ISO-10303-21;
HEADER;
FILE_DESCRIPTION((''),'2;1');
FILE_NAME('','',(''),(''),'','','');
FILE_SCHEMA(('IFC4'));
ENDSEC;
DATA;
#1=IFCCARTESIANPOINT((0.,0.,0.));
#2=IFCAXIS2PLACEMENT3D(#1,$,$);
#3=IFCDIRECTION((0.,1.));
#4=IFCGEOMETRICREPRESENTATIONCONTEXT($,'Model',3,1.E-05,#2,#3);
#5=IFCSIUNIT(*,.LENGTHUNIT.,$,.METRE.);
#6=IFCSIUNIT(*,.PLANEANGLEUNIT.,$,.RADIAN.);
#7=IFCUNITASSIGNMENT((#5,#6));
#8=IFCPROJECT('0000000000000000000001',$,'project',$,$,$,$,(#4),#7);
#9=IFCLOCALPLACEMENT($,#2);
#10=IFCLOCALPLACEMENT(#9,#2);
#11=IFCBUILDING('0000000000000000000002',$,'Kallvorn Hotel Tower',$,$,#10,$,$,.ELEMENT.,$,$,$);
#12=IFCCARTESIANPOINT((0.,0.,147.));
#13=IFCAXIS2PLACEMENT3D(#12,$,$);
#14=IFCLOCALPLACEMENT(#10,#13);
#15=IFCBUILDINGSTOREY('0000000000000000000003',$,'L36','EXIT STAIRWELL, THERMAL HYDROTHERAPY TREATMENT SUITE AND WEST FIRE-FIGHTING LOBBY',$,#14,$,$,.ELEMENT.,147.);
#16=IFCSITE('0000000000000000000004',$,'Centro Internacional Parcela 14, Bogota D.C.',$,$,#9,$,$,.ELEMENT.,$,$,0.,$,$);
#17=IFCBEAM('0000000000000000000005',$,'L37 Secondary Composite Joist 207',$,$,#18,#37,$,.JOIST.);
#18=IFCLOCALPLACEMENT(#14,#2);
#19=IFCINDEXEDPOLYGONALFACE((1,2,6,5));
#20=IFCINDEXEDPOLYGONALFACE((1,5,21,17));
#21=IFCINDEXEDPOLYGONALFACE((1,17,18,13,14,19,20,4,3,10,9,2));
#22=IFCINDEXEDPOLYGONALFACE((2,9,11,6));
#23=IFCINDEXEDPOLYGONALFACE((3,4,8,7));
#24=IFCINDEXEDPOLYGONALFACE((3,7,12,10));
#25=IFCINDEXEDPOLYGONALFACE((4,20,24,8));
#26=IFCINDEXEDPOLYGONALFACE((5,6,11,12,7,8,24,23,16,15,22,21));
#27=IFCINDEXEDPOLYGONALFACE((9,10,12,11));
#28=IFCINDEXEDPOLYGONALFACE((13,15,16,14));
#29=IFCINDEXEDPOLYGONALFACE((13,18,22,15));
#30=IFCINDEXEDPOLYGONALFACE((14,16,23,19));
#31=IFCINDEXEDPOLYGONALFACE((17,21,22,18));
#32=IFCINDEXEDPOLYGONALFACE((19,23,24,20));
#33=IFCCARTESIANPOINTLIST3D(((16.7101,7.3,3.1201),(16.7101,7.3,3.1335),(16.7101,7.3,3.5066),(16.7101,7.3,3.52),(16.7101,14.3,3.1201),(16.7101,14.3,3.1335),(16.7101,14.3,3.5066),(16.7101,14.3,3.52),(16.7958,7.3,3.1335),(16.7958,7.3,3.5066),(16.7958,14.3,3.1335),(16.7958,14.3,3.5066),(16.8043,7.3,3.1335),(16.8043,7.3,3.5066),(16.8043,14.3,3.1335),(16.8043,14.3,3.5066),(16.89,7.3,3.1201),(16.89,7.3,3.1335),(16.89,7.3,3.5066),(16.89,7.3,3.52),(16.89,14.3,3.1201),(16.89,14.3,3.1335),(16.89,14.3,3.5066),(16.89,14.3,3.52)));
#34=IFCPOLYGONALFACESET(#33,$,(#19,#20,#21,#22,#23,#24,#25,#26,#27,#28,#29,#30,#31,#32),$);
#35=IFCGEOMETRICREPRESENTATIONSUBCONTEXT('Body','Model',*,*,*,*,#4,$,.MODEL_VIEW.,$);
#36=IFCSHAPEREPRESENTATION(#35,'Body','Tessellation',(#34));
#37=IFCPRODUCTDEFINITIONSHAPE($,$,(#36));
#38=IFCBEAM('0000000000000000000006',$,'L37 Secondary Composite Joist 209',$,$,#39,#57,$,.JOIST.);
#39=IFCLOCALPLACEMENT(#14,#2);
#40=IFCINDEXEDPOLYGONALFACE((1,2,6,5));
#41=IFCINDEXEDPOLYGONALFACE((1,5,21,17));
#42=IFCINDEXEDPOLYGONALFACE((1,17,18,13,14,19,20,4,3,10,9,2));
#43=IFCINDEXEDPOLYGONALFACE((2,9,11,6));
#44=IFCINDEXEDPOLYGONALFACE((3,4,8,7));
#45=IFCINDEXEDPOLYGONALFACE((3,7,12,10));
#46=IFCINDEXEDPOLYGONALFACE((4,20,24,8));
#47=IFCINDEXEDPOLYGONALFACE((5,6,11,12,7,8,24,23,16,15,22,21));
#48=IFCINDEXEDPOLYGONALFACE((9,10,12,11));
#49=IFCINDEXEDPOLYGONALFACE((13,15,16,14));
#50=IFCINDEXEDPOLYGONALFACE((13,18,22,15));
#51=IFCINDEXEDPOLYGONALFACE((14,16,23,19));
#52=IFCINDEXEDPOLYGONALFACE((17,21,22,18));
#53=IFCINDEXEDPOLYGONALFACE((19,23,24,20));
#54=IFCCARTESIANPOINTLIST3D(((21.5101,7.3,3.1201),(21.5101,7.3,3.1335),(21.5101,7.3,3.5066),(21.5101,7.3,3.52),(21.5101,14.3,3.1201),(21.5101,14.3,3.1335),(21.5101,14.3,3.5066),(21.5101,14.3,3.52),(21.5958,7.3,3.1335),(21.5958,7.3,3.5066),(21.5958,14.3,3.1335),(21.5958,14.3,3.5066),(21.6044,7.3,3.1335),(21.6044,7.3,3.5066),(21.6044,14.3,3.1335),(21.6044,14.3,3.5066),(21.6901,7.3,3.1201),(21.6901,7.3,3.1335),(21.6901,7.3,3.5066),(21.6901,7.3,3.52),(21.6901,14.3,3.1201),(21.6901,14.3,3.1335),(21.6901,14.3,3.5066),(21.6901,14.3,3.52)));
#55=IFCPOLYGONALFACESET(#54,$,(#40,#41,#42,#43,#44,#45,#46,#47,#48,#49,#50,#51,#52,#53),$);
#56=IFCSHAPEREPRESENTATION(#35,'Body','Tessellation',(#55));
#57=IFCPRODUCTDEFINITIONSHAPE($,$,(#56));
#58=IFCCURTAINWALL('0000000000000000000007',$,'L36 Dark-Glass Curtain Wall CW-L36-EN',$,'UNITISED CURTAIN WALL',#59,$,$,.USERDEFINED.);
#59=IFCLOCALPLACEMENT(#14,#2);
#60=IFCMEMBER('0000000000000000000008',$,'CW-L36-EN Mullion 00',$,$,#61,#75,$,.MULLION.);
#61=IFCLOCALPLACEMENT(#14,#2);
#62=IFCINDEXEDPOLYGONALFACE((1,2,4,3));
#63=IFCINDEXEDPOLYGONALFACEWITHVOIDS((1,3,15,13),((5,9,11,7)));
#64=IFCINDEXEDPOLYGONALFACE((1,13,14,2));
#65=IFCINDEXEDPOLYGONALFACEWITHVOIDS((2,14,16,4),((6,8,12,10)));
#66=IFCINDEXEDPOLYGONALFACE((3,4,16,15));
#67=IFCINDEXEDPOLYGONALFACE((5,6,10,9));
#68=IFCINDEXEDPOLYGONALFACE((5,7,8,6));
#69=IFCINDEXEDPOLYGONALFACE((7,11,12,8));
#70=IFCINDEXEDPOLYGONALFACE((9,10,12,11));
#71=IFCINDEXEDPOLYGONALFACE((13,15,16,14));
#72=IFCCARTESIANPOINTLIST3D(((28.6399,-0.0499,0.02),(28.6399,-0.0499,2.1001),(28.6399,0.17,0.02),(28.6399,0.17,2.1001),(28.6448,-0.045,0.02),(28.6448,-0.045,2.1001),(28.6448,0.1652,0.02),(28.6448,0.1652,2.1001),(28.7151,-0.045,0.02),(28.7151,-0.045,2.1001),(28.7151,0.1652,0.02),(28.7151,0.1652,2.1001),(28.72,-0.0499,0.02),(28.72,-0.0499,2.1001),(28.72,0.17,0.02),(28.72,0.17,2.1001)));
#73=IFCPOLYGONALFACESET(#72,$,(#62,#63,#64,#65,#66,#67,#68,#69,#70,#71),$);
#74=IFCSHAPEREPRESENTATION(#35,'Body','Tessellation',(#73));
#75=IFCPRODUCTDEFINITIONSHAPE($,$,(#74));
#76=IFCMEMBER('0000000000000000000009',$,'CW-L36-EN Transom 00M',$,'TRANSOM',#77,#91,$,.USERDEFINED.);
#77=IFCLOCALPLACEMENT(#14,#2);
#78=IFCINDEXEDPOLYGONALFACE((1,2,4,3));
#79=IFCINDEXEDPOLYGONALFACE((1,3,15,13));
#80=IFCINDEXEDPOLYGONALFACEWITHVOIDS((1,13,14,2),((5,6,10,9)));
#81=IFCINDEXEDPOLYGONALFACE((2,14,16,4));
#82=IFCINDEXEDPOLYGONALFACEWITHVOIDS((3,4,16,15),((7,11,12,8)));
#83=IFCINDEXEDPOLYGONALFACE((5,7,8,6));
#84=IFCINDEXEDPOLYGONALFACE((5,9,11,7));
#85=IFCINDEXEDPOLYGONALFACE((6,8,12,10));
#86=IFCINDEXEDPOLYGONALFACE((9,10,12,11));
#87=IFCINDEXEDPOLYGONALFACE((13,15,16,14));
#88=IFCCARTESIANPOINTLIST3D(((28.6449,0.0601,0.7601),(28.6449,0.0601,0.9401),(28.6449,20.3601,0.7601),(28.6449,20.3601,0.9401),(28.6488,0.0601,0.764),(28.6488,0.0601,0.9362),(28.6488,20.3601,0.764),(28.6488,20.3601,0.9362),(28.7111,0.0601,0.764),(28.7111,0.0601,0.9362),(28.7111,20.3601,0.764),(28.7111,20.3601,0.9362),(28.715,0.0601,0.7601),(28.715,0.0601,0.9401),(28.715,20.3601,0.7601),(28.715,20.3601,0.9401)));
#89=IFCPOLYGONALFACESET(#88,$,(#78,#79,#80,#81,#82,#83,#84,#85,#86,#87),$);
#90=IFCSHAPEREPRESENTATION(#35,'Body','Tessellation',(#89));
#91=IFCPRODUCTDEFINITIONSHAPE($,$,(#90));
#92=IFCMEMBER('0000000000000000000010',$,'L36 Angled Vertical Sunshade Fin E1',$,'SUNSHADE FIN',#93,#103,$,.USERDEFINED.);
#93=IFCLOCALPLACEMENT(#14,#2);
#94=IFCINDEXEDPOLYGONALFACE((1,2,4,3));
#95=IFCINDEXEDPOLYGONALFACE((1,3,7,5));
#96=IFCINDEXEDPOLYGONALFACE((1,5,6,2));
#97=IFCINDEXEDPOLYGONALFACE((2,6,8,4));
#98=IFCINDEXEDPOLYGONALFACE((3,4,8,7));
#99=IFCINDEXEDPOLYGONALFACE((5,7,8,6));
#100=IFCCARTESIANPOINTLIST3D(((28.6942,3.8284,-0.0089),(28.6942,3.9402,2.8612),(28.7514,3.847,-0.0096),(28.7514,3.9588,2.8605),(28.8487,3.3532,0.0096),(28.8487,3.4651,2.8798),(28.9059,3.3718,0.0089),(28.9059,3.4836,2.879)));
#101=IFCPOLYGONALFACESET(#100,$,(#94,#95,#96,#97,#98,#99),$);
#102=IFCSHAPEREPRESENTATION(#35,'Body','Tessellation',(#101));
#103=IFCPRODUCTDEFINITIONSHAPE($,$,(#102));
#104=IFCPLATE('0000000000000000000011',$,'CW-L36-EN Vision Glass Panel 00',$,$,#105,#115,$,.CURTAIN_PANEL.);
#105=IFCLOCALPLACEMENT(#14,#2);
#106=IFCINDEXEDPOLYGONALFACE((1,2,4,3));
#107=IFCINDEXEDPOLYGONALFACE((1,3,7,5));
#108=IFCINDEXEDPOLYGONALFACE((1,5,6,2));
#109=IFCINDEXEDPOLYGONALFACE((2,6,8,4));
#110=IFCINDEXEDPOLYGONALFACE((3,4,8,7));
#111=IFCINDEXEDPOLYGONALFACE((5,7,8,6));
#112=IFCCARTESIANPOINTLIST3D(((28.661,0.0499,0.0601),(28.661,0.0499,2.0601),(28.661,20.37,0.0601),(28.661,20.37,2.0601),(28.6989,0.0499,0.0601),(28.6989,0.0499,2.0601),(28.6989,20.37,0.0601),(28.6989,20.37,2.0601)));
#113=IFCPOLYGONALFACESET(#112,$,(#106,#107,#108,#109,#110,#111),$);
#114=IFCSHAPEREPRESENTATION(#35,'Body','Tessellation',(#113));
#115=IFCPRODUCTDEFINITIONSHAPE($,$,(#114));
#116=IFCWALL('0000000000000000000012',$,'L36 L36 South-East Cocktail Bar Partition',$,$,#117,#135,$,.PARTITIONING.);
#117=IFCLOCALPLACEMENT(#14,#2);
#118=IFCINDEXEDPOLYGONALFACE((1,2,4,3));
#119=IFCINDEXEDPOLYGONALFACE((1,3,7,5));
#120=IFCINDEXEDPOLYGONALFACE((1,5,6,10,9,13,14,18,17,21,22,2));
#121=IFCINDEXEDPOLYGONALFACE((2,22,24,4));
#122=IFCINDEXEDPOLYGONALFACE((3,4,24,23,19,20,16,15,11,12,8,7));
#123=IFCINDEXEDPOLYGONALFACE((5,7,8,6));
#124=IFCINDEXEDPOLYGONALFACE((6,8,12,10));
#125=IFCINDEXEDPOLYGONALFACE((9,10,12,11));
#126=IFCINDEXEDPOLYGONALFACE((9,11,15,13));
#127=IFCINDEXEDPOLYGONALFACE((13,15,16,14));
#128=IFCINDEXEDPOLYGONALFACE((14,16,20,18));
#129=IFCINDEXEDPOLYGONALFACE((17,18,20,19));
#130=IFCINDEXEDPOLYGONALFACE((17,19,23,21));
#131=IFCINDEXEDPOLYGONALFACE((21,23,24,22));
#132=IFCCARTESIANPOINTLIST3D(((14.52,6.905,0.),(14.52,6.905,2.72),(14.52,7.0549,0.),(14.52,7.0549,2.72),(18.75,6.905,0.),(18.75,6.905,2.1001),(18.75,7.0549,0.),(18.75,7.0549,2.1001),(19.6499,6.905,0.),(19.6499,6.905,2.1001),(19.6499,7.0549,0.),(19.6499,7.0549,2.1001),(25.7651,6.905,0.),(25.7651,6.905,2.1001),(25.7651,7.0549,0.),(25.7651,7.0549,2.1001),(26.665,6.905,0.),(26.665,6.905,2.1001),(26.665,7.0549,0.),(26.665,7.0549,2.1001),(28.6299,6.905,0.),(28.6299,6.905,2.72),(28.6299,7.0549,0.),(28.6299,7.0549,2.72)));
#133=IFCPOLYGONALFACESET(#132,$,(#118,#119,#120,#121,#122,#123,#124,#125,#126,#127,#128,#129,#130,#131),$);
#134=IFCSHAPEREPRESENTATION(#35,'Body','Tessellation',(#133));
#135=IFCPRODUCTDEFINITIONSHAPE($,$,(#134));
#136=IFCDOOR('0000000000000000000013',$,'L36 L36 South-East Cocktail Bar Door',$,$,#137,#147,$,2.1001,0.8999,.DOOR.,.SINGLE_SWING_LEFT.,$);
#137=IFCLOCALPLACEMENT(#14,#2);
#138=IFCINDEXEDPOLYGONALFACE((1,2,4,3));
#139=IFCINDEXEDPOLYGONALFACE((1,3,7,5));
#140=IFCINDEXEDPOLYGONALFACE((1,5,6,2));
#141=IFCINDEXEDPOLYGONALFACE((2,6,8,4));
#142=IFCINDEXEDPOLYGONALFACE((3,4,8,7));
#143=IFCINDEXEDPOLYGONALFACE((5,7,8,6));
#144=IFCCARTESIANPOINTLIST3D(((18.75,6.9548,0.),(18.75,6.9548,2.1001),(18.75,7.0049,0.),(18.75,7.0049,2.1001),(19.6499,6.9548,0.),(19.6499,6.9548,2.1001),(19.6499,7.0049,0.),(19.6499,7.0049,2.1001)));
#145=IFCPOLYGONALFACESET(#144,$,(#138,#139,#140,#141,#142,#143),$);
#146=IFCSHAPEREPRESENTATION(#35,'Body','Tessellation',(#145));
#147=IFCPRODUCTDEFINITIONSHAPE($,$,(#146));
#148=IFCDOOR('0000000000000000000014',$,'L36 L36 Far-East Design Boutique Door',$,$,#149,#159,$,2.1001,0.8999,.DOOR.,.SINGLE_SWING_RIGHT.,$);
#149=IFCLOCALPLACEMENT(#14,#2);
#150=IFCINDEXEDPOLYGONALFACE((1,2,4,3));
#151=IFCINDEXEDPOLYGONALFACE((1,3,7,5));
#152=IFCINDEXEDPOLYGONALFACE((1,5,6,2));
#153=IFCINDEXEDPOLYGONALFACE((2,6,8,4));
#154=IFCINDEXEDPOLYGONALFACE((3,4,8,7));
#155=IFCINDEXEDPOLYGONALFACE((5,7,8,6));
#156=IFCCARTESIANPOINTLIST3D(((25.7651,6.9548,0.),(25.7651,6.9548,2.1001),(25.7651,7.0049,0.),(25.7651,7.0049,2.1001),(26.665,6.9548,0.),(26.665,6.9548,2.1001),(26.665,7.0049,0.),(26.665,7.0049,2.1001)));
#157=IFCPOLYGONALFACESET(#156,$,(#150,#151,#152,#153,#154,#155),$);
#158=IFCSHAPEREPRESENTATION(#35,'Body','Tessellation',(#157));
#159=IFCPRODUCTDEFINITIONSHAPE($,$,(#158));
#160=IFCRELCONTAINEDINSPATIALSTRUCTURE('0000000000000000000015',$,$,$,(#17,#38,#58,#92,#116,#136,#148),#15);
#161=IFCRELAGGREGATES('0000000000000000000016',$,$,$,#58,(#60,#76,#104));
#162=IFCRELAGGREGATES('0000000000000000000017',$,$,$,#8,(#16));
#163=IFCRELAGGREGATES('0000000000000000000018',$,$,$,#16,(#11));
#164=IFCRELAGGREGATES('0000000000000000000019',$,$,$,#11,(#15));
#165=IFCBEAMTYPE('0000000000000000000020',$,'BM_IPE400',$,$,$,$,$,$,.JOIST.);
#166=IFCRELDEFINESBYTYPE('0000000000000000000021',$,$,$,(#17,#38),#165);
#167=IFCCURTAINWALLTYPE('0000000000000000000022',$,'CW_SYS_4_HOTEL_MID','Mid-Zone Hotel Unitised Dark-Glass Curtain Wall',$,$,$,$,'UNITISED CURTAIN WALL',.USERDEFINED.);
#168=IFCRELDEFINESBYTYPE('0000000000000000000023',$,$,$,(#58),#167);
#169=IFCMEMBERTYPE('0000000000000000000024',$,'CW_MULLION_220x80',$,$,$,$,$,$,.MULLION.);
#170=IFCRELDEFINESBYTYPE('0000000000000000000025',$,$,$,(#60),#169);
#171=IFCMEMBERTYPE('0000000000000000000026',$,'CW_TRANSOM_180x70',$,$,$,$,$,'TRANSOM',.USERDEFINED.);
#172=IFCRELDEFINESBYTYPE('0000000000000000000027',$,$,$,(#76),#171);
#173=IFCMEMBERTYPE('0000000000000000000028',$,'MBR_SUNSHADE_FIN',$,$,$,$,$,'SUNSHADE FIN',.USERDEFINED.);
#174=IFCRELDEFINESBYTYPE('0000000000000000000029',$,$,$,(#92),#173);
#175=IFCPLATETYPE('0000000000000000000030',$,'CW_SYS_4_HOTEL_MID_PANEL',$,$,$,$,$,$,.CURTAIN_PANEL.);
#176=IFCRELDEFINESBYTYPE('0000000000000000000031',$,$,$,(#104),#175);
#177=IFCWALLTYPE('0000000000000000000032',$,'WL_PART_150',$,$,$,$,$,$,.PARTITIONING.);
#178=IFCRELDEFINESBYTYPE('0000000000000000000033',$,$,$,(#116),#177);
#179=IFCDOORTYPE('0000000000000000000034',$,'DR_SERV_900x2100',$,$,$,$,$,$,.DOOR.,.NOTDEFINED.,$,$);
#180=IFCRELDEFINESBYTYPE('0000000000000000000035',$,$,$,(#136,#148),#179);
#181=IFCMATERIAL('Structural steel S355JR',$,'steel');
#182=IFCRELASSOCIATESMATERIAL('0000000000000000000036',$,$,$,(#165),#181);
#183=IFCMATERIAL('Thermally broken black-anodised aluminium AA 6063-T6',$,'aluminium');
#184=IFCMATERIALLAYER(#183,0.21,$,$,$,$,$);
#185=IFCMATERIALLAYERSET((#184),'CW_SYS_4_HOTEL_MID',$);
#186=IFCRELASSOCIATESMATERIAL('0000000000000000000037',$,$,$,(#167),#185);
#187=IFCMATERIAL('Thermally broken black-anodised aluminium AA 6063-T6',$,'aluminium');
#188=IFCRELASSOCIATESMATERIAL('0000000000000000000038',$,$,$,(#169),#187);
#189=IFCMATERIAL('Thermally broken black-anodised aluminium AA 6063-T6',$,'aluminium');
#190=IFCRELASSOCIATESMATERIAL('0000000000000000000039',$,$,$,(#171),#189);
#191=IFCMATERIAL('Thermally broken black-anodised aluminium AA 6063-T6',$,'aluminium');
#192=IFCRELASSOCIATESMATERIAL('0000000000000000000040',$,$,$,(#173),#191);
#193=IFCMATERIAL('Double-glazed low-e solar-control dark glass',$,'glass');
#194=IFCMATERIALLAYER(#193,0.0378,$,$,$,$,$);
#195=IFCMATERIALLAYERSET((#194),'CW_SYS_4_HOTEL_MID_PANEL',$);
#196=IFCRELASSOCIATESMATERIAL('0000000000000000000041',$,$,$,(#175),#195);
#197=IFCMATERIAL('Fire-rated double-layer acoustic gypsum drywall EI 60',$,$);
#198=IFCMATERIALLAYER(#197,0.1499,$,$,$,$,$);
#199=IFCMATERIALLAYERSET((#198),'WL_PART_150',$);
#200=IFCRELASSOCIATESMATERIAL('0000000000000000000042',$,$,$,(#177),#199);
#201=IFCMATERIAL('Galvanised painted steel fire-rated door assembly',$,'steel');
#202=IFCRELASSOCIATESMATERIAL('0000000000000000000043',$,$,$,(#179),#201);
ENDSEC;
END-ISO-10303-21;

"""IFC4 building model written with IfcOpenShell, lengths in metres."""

from ifc_helpers import new_model, si_unit, direction, frame, frame_2d, origin, origin_2d, place, context, subcontext, project, spatial, rectangle, hollow_rectangle, i_section, extrude, material, layer, layer_set, material_profile, profile_set, type_object, element, fill, aggregate, save


model = new_model("IFC4")

# Units and contexts
model_context = context("Model", 3, precision=1e-05, world=origin(), true_north=direction((0.0, 1.0)))
body_context = subcontext(model_context, "Body", "Model", "MODEL_VIEW")
ifc_project = project(units=[si_unit("LENGTHUNIT", "METRE"), si_unit("PLANEANGLEUNIT", "RADIAN")], contexts=[model_context])

# Site, building, storey
site_placement = place(None, origin())
site = spatial("IfcSite", under=ifc_project, at=site_placement, Name="Centro Internacional Parcela 14, Bogota D.C.", CompositionType="ELEMENT", RefElevation=0.0)
building_placement = place(site_placement, origin())
building = spatial("IfcBuilding", under=site, at=building_placement, Name="Kallvorn Hotel Tower", CompositionType="ELEMENT")
storey_placement = place(building_placement, frame((0.0, 0.0, 147.0)))
storey = spatial("IfcBuildingStorey", under=building, at=storey_placement, Name="L36", Description="EXIT STAIRWELL, THERMAL HYDROTHERAPY TREATMENT SUITE AND WEST FIRE-FIGHTING LOBBY", CompositionType="ELEMENT", Elevation=147.0)

# Beams
ifc_material_1 = material(Name="Structural steel S355JR", Category="steel")
ifc_material_profile_1 = material_profile(ifc_material_1, i_section(OverallWidth=0.1799, OverallDepth=0.3999, WebThickness=0.0085, FlangeThickness=0.0134, at=origin_2d()), Name="IPE 400")
ifc_profile_set_1 = profile_set([ifc_material_profile_1], Name="Structural steel S355JR")
beam_type_1 = type_object("IfcBeamType", Name="BM_IPE400", PredefinedType="JOIST", material=ifc_profile_set_1)
for number, where, z_axis, x_axis, name in (
    (1, (16.8, 7.3, 3.3201), (0.0, 1.0, 0.0), (-1.0, 0.0, 0.0), "L37 Secondary Composite Joist 207"),
    (2, (21.6001, 7.3, 3.3201), (0.0, 1.0, 0.0), (-1.0, 0.0, 0.0), "L37 Secondary Composite Joist 209"),
):
    element("IfcBeam", number, at=place(storey_placement, frame(where, z_axis=z_axis, x_axis=x_axis)), inside=storey, type_object=beam_type_1, Name=name, PredefinedType="JOIST", context=body_context, shape_type="SweptSolid", body=[
        extrude(i_section(OverallWidth=0.1799, OverallDepth=0.3999, WebThickness=0.0085, FlangeThickness=0.0134, at=origin_2d()), origin(), (0.0, 0.0, 1.0), 7.0),
    ])

# Curtain wall, members
ifc_material_2 = material(Name="Thermally broken black-anodised aluminium AA 6063-T6", Category="aluminium")
ifc_layer_1 = layer(ifc_material_2, 0.21)
ifc_layer_set_1 = layer_set([ifc_layer_1], Name="CW_SYS_4_HOTEL_MID")
curtain_wall_type = type_object("IfcCurtainWallType", Name="CW_SYS_4_HOTEL_MID", Description="Mid-Zone Hotel Unitised Dark-Glass Curtain Wall", ElementType="UNITISED CURTAIN WALL", PredefinedType="USERDEFINED", material=ifc_layer_set_1)
curtain_wall_placement = place(storey_placement, origin())
curtain_wall = element("IfcCurtainWall", 3, at=curtain_wall_placement, inside=storey, type_object=curtain_wall_type, Name="L36 Dark-Glass Curtain Wall CW-L36-EN", ObjectType="UNITISED CURTAIN WALL", PredefinedType="USERDEFINED")
ifc_material_3 = material(Name="Thermally broken black-anodised aluminium AA 6063-T6", Category="aluminium")
ifc_material_profile_2 = material_profile(ifc_material_3, hollow_rectangle(XDim=0.0801, YDim=0.22, WallThickness=0.0049, at=origin_2d()), Name="MUL 220x80")
ifc_profile_set_2 = profile_set([ifc_material_profile_2], Name="Thermally broken black-anodised aluminium AA 6063-T6")
member_type_1 = type_object("IfcMemberType", Name="CW_MULLION_220x80", PredefinedType="MULLION", material=ifc_profile_set_2)
member_1_placement = place(storey_placement, frame((28.6799, 0.0601, 0.02), z_axis=(0.0, 0.0, 1.0), x_axis=(1.0, 0.0, 0.0)))
member_1 = element("IfcMember", 4, at=member_1_placement, type_object=member_type_1, Name="CW-L36-EN Mullion 00", PredefinedType="MULLION", context=body_context, shape_type="SweptSolid", body=[
    extrude(hollow_rectangle(XDim=0.0801, YDim=0.22, WallThickness=0.0049, at=origin_2d()), origin(), (0.0, 0.0, 1.0), 2.0801),
])
ifc_material_4 = material(Name="Thermally broken black-anodised aluminium AA 6063-T6", Category="aluminium")
ifc_material_profile_3 = material_profile(ifc_material_4, hollow_rectangle(XDim=0.0701, YDim=0.1799, WallThickness=0.0039, at=origin_2d()), Name="TRN 180x70")
ifc_profile_set_3 = profile_set([ifc_material_profile_3], Name="Thermally broken black-anodised aluminium AA 6063-T6")
member_type_2 = type_object("IfcMemberType", Name="CW_TRANSOM_180x70", ElementType="TRANSOM", PredefinedType="USERDEFINED", material=ifc_profile_set_3)
member_2_placement = place(storey_placement, frame((28.6799, 0.0601, 0.8501), z_axis=(0.0, 1.0, 0.0), x_axis=(-1.0, 0.0, 0.0)))
member_2 = element("IfcMember", 5, at=member_2_placement, type_object=member_type_2, Name="CW-L36-EN Transom 00M", ObjectType="TRANSOM", PredefinedType="USERDEFINED", context=body_context, shape_type="SweptSolid", body=[
    extrude(hollow_rectangle(XDim=0.0701, YDim=0.1799, WallThickness=0.0039, at=origin_2d()), origin(), (0.0, 0.0, 1.0), 20.3),
])

# Member
ifc_material_5 = material(Name="Thermally broken black-anodised aluminium AA 6063-T6", Category="aluminium")
ifc_material_profile_4 = material_profile(ifc_material_5, rectangle(XDim=0.0601, YDim=0.5, at=origin_2d()), Name="FIN 500x60")
ifc_profile_set_4 = profile_set([ifc_material_profile_4], Name="Thermally broken black-anodised aluminium AA 6063-T6")
member_type_3 = type_object("IfcMemberType", Name="MBR_SUNSHADE_FIN", ElementType="SUNSHADE FIN", PredefinedType="USERDEFINED", material=ifc_profile_set_4)
member_3_placement = place(storey_placement, frame((28.8, 3.6001, 0.0), z_axis=(0.0, 0.038929, 0.999242), x_axis=(-0.951057, -0.308783, 0.01203)))
element("IfcMember", 6, at=member_3_placement, inside=storey, type_object=member_type_3, Name="L36 Angled Vertical Sunshade Fin E1", ObjectType="SUNSHADE FIN", PredefinedType="USERDEFINED", context=body_context, shape_type="SweptSolid", body=[
    extrude(rectangle(XDim=0.0601, YDim=0.5, at=origin_2d()), origin(), (0.0, 0.0, 1.0), 2.8723),
])

# Plate
ifc_material_6 = material(Name="Double-glazed low-e solar-control dark glass", Category="glass")
ifc_layer_2 = layer(ifc_material_6, 0.0378)
ifc_layer_set_2 = layer_set([ifc_layer_2], Name="CW_SYS_4_HOTEL_MID_PANEL")
plate_type = type_object("IfcPlateType", Name="CW_SYS_4_HOTEL_MID_PANEL", PredefinedType="CURTAIN_PANEL", material=ifc_layer_set_2)
plate_placement = place(storey_placement, frame((28.6799, 10.21, 0.0601), z_axis=(0.0, 0.0, 1.0), x_axis=(0.0, 1.0, 0.0)))
plate = element("IfcPlate", 7, at=plate_placement, type_object=plate_type, Name="CW-L36-EN Vision Glass Panel 00", PredefinedType="CURTAIN_PANEL", context=body_context, shape_type="SweptSolid", body=[
    extrude(rectangle(XDim=20.3201, YDim=0.0378, at=origin_2d()), origin(), (0.0, 0.0, 1.0), 2.0),
])
aggregate(curtain_wall, [member_1, member_2, plate])

# Wall, openings, doors
ifc_material_7 = material(Name="Fire-rated double-layer acoustic gypsum drywall EI 60")
ifc_layer_3 = layer(ifc_material_7, 0.1499)
ifc_layer_set_3 = layer_set([ifc_layer_3], Name="WL_PART_150")
wall_type = type_object("IfcWallType", Name="WL_PART_150", PredefinedType="PARTITIONING", material=ifc_layer_set_3)
wall_placement = place(storey_placement, frame((14.52, 6.98, 0.0), z_axis=(0.0, 0.0, 1.0), x_axis=(1.0, 0.0, 0.0)))
wall = element("IfcWall", 8, at=wall_placement, inside=storey, type_object=wall_type, Name="L36 L36 South-East Cocktail Bar Partition", PredefinedType="PARTITIONING", context=body_context, shape_type="SweptSolid", body=[
    extrude(rectangle(XDim=14.1099, YDim=0.1499, at=frame_2d((7.0549, 0.0))), origin(), (0.0, 0.0, 1.0), 2.72),
])
opening_1_placement = place(wall_placement, frame((4.23, 0.0, 0.0)))
opening_1 = element("IfcOpeningElement", 9, at=opening_1_placement, cuts=wall, PredefinedType="OPENING", context=body_context, shape_type="SweptSolid", body=[
    extrude(rectangle(XDim=0.8999, YDim=2.1001, at=frame_2d((0.45, 1.05))), frame((0.0, 0.0898, 0.0), z_axis=(0.0, -1.0, 0.0), x_axis=(1.0, 0.0, 0.0)), (0.0, 0.0, 1.0), 0.1799),
])
opening_2_placement = place(wall_placement, frame((11.2451, 0.0, 0.0)))
opening_2 = element("IfcOpeningElement", 10, at=opening_2_placement, cuts=wall, PredefinedType="OPENING", context=body_context, shape_type="SweptSolid", body=[
    extrude(rectangle(XDim=0.8999, YDim=2.1001, at=frame_2d((0.45, 1.05))), frame((0.0, 0.0898, 0.0), z_axis=(0.0, -1.0, 0.0), x_axis=(1.0, 0.0, 0.0)), (0.0, 0.0, 1.0), 0.1799),
])
ifc_material_8 = material(Name="Galvanised painted steel fire-rated door assembly", Category="steel")
door_type = type_object("IfcDoorType", Name="DR_SERV_900x2100", OperationType="NOTDEFINED", PredefinedType="DOOR", material=ifc_material_8)
door_1_placement = place(opening_1_placement, origin())
door_1 = element("IfcDoor", 11, at=door_1_placement, inside=storey, type_object=door_type, Name="L36 L36 South-East Cocktail Bar Door", OperationType="SINGLE_SWING_LEFT", OverallHeight=2.1001, OverallWidth=0.8999, PredefinedType="DOOR", context=body_context, shape_type="SweptSolid", body=[
    extrude(rectangle(XDim=0.8999, YDim=2.1001, at=frame_2d((0.45, 1.05))), frame((0.0, 0.0249, 0.0), z_axis=(0.0, -1.0, 0.0), x_axis=(1.0, 0.0, 0.0)), (0.0, 0.0, 1.0), 0.05),
])
fill(opening_1, door_1)
door_2_placement = place(opening_2_placement, origin())
door_2 = element("IfcDoor", 12, at=door_2_placement, inside=storey, type_object=door_type, Name="L36 L36 Far-East Design Boutique Door", OperationType="SINGLE_SWING_RIGHT", OverallHeight=2.1001, OverallWidth=0.8999, PredefinedType="DOOR", context=body_context, shape_type="SweptSolid", body=[
    extrude(rectangle(XDim=0.8999, YDim=2.1001, at=frame_2d((0.45, 1.05))), frame((0.0, 0.0249, 0.0), z_axis=(0.0, -1.0, 0.0), x_axis=(1.0, 0.0, 0.0)), (0.0, 0.0, 1.0), 0.05),
])
fill(opening_2, door_2)

save(model, "model.ifc")
